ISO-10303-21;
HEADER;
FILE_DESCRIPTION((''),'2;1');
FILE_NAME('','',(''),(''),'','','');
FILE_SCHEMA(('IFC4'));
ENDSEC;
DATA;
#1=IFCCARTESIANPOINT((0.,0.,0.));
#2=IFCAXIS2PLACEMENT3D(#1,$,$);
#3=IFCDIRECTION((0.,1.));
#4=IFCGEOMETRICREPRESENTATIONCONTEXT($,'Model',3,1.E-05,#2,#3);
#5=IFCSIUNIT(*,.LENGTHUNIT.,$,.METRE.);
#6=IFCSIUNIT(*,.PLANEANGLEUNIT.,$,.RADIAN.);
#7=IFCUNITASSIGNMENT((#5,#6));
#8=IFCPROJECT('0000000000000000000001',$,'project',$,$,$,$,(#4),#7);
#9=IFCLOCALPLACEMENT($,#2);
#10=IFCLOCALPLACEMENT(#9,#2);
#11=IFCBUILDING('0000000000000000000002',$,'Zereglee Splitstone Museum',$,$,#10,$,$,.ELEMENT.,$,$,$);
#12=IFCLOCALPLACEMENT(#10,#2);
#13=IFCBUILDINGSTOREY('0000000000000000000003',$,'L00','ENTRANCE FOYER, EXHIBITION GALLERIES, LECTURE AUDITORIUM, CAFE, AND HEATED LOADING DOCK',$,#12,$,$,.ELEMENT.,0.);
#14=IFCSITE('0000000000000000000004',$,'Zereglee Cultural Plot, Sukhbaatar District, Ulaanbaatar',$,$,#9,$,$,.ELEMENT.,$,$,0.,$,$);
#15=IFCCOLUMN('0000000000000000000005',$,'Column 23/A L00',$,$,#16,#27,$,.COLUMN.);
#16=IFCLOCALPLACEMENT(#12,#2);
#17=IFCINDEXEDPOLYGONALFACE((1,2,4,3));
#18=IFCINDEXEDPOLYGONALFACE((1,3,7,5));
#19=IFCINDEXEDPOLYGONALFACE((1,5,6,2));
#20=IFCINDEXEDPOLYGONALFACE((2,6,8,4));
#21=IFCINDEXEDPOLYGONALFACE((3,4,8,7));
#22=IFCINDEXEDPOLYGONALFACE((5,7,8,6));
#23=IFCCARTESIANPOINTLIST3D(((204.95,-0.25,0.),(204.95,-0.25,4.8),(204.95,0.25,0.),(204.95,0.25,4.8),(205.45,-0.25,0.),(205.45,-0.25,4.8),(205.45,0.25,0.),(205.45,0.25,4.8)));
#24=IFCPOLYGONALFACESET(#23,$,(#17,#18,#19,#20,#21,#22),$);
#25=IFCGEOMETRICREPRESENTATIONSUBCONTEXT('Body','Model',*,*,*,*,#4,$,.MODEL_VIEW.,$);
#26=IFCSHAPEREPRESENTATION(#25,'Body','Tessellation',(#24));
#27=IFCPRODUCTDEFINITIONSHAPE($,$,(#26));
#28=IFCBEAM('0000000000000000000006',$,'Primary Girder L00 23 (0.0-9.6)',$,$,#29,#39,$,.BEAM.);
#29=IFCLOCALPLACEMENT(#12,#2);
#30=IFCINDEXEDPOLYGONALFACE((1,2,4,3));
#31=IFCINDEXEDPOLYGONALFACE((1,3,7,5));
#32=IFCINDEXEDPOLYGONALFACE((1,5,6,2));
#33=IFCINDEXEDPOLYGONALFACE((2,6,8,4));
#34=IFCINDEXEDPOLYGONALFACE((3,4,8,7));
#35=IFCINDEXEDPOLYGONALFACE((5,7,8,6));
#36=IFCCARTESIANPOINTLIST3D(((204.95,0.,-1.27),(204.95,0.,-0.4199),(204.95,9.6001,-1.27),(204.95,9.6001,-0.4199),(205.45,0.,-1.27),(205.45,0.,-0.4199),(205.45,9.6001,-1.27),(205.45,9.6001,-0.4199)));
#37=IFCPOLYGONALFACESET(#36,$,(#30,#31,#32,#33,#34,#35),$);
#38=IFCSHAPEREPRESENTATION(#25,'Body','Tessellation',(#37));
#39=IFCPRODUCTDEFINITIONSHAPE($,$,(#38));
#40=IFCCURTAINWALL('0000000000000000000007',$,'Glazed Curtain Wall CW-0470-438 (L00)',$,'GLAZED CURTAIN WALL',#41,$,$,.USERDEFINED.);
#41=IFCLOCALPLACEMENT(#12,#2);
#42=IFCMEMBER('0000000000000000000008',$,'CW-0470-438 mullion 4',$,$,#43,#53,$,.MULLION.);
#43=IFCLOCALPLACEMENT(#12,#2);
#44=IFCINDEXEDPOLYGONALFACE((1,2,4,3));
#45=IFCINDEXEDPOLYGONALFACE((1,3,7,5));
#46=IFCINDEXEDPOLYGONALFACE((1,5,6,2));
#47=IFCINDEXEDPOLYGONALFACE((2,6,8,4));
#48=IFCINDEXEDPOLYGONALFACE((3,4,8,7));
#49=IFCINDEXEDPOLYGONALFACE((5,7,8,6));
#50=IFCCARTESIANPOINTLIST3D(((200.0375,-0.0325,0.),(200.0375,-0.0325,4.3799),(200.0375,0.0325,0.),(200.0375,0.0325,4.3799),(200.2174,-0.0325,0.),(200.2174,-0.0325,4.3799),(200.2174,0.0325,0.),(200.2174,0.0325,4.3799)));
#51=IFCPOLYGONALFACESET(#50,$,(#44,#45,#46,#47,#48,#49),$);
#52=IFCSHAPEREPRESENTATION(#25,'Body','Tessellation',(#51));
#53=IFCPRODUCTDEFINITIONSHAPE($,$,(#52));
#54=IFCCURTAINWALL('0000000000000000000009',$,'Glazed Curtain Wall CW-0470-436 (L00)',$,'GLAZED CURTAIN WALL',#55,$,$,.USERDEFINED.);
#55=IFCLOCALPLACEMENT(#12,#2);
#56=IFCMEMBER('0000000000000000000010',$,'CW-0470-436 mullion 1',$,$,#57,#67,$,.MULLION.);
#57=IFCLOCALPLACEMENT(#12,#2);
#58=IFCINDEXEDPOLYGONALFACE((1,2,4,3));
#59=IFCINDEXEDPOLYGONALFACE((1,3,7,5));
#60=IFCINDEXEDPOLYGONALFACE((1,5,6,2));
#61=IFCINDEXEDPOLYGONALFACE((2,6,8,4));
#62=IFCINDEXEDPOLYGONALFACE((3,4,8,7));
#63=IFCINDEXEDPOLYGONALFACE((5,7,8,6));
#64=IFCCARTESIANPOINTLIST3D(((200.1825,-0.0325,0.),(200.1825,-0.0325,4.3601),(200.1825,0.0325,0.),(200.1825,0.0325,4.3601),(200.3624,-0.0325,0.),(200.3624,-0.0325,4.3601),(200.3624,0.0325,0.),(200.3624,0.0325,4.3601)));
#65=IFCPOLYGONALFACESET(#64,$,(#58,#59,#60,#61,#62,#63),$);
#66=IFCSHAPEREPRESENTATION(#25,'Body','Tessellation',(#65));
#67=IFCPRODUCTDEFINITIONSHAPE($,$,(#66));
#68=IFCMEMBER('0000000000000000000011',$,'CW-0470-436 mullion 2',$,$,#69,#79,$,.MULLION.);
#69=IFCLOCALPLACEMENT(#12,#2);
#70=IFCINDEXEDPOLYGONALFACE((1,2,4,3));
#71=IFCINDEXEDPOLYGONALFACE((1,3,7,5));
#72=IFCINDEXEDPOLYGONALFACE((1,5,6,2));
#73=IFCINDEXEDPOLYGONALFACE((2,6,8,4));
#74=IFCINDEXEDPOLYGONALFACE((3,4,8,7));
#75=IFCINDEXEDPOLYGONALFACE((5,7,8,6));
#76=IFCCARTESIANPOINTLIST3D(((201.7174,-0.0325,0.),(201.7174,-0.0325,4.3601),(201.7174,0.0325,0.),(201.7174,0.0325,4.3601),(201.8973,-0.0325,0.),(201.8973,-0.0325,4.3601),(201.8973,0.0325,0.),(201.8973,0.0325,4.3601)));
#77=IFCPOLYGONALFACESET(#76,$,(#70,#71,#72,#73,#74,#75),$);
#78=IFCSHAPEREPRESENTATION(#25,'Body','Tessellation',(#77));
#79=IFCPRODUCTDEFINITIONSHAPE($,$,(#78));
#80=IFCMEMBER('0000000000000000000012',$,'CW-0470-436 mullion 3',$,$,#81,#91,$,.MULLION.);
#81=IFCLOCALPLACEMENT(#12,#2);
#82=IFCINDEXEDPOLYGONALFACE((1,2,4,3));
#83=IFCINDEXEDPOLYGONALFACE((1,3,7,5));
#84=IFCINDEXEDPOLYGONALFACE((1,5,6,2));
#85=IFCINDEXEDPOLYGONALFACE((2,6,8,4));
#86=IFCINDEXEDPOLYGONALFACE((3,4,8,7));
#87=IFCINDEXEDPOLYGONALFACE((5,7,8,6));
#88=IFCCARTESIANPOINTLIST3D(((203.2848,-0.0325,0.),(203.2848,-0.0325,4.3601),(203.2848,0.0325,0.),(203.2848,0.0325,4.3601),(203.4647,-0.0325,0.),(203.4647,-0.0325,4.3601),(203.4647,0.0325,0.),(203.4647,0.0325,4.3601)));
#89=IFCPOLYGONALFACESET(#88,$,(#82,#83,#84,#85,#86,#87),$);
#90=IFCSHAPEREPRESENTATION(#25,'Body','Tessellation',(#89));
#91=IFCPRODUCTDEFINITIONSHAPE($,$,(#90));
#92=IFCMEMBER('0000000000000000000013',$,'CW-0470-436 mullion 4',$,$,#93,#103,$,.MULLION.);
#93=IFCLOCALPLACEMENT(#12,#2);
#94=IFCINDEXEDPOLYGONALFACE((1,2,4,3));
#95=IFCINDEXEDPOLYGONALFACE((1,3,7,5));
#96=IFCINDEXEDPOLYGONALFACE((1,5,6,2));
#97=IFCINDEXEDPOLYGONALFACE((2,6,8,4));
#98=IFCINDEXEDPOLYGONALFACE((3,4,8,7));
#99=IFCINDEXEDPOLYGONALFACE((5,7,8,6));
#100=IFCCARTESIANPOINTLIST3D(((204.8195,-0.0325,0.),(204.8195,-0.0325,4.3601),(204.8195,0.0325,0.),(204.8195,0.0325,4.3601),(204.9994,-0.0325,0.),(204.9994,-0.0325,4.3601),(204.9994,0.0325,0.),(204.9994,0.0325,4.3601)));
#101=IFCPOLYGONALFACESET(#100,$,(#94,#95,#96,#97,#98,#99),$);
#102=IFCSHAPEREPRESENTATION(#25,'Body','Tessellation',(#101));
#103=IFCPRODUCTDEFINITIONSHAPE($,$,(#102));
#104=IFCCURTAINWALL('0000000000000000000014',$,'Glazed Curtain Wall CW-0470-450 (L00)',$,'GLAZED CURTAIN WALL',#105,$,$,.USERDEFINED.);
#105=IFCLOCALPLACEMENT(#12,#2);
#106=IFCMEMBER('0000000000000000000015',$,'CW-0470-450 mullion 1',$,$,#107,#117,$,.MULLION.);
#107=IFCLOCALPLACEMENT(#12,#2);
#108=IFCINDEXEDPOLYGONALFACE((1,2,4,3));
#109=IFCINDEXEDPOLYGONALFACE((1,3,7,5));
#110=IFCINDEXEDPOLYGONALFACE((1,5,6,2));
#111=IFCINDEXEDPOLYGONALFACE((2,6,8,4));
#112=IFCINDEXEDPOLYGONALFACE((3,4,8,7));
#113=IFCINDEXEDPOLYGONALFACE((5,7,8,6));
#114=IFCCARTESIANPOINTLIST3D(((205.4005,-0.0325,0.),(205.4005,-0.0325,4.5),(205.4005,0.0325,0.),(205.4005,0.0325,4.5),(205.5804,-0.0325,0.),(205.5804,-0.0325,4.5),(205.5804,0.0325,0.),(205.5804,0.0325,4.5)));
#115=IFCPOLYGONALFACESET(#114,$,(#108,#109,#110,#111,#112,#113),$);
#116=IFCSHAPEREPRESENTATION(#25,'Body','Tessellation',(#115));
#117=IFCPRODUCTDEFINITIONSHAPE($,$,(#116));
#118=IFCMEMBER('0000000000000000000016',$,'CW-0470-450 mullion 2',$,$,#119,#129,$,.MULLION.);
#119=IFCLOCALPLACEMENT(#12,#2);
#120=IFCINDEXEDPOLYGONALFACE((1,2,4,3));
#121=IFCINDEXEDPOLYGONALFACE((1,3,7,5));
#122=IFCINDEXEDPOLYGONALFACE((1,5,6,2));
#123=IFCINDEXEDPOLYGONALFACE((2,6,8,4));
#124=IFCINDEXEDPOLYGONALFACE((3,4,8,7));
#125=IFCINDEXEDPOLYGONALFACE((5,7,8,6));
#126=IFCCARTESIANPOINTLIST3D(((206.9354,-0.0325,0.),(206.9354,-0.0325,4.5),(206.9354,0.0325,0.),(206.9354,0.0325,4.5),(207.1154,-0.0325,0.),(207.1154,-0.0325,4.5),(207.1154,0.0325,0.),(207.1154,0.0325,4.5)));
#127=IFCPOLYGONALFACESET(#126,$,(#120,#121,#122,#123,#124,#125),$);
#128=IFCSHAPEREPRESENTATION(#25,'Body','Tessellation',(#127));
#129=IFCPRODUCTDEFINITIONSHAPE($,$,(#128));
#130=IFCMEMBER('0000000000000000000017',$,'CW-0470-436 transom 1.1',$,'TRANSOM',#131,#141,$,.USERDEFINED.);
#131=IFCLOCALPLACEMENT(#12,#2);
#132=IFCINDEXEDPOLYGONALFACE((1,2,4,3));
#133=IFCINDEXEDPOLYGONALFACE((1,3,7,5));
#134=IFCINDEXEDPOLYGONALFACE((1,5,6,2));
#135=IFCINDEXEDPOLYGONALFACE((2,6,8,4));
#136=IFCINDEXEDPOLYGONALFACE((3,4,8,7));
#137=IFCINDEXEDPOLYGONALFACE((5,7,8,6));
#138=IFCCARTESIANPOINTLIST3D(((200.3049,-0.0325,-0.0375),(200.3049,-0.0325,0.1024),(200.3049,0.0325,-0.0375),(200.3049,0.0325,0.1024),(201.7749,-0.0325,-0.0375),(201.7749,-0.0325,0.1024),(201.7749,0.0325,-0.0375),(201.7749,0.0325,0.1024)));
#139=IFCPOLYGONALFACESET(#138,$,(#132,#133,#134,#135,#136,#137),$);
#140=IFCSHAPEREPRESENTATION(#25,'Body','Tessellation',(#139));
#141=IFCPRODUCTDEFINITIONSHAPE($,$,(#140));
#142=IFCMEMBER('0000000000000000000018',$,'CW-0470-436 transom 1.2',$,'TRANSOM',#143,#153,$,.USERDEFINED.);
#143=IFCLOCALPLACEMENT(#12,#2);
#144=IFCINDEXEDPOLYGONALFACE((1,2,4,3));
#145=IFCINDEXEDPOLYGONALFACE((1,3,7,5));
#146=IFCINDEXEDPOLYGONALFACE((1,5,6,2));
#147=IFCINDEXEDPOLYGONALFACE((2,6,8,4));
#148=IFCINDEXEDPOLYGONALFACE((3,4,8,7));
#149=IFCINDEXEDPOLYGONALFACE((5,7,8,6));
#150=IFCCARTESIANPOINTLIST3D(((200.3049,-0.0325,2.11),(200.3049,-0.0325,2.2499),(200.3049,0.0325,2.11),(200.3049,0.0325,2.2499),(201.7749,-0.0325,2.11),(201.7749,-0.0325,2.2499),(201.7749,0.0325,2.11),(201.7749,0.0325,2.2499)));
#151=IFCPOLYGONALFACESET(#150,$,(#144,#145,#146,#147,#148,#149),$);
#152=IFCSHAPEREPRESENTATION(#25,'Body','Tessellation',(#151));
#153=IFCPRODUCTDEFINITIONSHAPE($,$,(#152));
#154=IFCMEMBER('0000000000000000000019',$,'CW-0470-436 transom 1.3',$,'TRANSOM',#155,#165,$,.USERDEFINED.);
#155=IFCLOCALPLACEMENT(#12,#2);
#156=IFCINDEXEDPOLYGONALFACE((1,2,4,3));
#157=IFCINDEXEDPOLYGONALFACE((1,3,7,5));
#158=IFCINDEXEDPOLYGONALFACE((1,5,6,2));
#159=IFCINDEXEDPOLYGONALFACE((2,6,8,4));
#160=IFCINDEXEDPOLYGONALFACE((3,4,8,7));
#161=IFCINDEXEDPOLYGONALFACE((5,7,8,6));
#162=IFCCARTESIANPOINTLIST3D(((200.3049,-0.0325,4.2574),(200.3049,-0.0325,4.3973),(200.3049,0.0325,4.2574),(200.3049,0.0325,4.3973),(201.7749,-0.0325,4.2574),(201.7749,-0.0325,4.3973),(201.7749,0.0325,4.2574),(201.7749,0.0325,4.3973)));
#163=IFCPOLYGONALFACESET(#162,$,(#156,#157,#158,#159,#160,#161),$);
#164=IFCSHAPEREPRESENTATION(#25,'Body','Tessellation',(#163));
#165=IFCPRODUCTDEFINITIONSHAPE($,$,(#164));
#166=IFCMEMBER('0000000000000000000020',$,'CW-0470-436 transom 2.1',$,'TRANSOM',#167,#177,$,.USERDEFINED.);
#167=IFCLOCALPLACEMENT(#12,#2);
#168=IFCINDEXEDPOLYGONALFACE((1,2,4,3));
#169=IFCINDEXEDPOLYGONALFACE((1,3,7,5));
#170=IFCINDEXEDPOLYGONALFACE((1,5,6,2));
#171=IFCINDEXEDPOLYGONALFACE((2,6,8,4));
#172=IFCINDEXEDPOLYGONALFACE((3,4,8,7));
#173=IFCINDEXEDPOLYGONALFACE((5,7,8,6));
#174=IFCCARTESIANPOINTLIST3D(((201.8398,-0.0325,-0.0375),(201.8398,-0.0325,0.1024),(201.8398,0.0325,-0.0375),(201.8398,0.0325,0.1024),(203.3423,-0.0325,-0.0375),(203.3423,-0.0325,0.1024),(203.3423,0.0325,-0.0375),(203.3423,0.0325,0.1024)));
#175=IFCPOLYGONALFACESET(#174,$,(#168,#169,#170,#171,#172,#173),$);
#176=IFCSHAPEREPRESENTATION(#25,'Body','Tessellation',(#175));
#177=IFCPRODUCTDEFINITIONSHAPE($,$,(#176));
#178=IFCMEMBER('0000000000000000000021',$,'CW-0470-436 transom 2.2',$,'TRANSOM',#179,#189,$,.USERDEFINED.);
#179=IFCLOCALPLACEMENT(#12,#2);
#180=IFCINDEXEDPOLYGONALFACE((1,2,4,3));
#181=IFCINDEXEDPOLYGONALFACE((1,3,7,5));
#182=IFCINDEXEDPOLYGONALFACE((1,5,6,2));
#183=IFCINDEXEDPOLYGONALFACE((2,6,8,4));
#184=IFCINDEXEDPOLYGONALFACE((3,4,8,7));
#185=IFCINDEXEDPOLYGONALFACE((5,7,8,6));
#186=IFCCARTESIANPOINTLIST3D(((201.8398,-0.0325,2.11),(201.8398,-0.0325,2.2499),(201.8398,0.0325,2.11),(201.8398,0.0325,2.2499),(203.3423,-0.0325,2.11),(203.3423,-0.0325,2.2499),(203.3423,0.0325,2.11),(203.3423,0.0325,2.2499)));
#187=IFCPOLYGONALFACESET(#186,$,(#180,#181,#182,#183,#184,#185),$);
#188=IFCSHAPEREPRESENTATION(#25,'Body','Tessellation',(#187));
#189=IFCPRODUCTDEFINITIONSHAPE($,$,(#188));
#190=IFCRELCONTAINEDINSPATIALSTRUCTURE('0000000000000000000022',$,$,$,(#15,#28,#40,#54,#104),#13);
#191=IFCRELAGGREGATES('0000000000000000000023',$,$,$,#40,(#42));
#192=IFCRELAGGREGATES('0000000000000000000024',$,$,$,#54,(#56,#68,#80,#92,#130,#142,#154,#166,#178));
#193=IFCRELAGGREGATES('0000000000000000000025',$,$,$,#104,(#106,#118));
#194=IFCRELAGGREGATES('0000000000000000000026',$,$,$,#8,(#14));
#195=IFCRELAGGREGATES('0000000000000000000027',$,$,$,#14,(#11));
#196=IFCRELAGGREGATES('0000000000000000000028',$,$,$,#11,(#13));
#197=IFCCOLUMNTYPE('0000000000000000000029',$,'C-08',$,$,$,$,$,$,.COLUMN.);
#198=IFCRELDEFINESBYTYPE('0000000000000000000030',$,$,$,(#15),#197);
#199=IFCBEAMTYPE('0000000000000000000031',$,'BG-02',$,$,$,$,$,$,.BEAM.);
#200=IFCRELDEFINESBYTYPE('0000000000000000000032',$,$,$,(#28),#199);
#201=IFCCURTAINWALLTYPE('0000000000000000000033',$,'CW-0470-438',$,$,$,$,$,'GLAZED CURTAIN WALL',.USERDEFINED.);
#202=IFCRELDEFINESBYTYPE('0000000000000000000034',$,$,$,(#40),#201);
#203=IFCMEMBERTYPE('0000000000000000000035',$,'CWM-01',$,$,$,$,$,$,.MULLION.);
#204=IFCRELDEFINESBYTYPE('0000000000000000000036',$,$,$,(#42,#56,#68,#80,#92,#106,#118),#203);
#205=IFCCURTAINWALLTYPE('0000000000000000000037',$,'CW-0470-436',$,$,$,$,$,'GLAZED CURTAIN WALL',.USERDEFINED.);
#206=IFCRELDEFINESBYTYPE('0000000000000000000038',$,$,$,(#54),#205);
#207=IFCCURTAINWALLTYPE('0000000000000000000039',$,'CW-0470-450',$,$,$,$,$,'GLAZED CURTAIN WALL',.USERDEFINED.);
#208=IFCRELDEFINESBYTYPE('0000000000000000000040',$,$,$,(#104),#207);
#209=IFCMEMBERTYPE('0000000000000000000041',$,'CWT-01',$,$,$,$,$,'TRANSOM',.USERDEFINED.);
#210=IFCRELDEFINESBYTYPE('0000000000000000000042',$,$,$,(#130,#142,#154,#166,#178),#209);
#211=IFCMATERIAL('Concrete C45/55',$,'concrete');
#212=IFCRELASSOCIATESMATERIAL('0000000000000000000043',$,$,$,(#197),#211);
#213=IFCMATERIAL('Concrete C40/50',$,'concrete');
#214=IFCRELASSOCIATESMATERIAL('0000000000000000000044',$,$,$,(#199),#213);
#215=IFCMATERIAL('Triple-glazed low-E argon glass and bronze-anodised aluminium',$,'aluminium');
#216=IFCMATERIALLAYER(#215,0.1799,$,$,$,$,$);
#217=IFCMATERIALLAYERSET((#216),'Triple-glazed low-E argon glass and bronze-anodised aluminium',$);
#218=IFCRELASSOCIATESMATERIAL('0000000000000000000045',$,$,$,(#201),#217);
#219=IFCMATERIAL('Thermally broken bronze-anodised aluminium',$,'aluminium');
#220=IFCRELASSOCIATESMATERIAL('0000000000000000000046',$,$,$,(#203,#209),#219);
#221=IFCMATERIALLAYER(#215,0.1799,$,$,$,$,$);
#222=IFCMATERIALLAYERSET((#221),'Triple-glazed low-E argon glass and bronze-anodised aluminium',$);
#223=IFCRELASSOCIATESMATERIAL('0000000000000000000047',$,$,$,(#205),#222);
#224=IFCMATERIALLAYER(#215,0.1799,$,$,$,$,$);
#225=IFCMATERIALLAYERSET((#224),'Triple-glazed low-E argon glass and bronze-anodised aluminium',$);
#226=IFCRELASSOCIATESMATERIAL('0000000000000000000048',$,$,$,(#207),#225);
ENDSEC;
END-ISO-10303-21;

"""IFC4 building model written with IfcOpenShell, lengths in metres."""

from ifc_helpers import new_model, si_unit, direction, frame, origin, origin_2d, place, context, subcontext, project, spatial, rectangle, extrude, material, layer, layer_set, material_profile, profile_set, type_object, element, aggregate, save


model = new_model("IFC4")

# Units and contexts
model_context = context("Model", 3, precision=1e-05, world=origin(), true_north=direction((0.0, 1.0)))
body_context = subcontext(model_context, "Body", "Model", "MODEL_VIEW")
ifc_project = project(units=[si_unit("LENGTHUNIT", "METRE"), si_unit("PLANEANGLEUNIT", "RADIAN")], contexts=[model_context])

# Site, building, storey
site_placement = place(None, origin())
site = spatial("IfcSite", under=ifc_project, at=site_placement, Name="Zereglee Cultural Plot, Sukhbaatar District, Ulaanbaatar", CompositionType="ELEMENT", RefElevation=0.0)
building_placement = place(site_placement, origin())
building = spatial("IfcBuilding", under=site, at=building_placement, Name="Zereglee Splitstone Museum", CompositionType="ELEMENT")
storey_placement = place(building_placement, origin())
storey = spatial("IfcBuildingStorey", under=building, at=storey_placement, Name="L00", Description="ENTRANCE FOYER, EXHIBITION GALLERIES, LECTURE AUDITORIUM, CAFE, AND HEATED LOADING DOCK", CompositionType="ELEMENT", Elevation=0.0)

# Column
ifc_material_1 = material(Name="Concrete C45/55", Category="concrete")
ifc_material_profile_1 = material_profile(ifc_material_1, rectangle(XDim=0.5, YDim=0.5, at=origin_2d()), Name="RC 500x500")
ifc_profile_set_1 = profile_set([ifc_material_profile_1], Name="Concrete C45/55")
column_type = type_object("IfcColumnType", Name="C-08", PredefinedType="COLUMN", material=ifc_profile_set_1)
column_placement = place(storey_placement, frame((205.2, 0.0, 0.0), z_axis=(0.0, 0.0, 1.0), x_axis=(1.0, 0.0, 0.0)))
element("IfcColumn", 1, at=column_placement, inside=storey, type_object=column_type, Name="Column 23/A L00", PredefinedType="COLUMN", context=body_context, shape_type="SweptSolid", body=[
    extrude(rectangle(XDim=0.5, YDim=0.5, at=origin_2d()), origin(), (0.0, 0.0, 1.0), 4.8),
])

# Beam
ifc_material_2 = material(Name="Concrete C40/50", Category="concrete")
ifc_material_profile_2 = material_profile(ifc_material_2, rectangle(XDim=0.5, YDim=0.8501, at=origin_2d()), Name="RC 500x850")
ifc_profile_set_2 = profile_set([ifc_material_profile_2], Name="Concrete C40/50")
beam_type_1 = type_object("IfcBeamType", Name="BG-02", PredefinedType="BEAM", material=ifc_profile_set_2)
beam_1_placement = place(storey_placement, frame((205.2, 0.0, -0.845), z_axis=(0.0, 1.0, 0.0), x_axis=(-1.0, 0.0, 0.0)))
element("IfcBeam", 2, at=beam_1_placement, inside=storey, type_object=beam_type_1, Name="Primary Girder L00 23 (0.0-9.6)", PredefinedType="BEAM", context=body_context, shape_type="SweptSolid", body=[
    extrude(rectangle(XDim=0.5, YDim=0.8501, at=origin_2d()), origin(), (0.0, 0.0, 1.0), 9.6001),
])

# Curtain wall, member
ifc_material_3 = material(Name="Triple-glazed low-E argon glass and bronze-anodised aluminium", Category="aluminium")
ifc_layer_1 = layer(ifc_material_3, 0.1799)
ifc_layer_set_1 = layer_set([ifc_layer_1], Name="Triple-glazed low-E argon glass and bronze-anodised aluminium")
curtain_wall_type_1 = type_object("IfcCurtainWallType", Name="CW-0470-438", ElementType="GLAZED CURTAIN WALL", PredefinedType="USERDEFINED", material=ifc_layer_set_1)
curtain_wall_1_placement = place(storey_placement, origin())
curtain_wall_1 = element("IfcCurtainWall", 3, at=curtain_wall_1_placement, inside=storey, type_object=curtain_wall_type_1, Name="Glazed Curtain Wall CW-0470-438 (L00)", ObjectType="GLAZED CURTAIN WALL", PredefinedType="USERDEFINED")
ifc_material_4 = material(Name="Thermally broken bronze-anodised aluminium", Category="aluminium")
ifc_material_profile_3 = material_profile(ifc_material_4, rectangle(XDim=0.0649, YDim=0.1799, at=origin_2d()), Name="CW MULL 65x180")
ifc_profile_set_3 = profile_set([ifc_material_profile_3], Name="Thermally broken bronze-anodised aluminium")
member_type_1 = type_object("IfcMemberType", Name="CWM-01", PredefinedType="MULLION", material=ifc_profile_set_3)
member_1_placement = place(storey_placement, frame((200.1274, 0.0, 0.0), z_axis=(0.0, 0.0, 1.0), x_axis=(0.0, 1.0, 0.0)))
member_1 = element("IfcMember", 4, at=member_1_placement, type_object=member_type_1, Name="CW-0470-438 mullion 4", PredefinedType="MULLION", context=body_context, shape_type="SweptSolid", body=[
    extrude(rectangle(XDim=0.0649, YDim=0.1799, at=origin_2d()), origin(), (0.0, 0.0, 1.0), 4.3799),
])

# Curtain walls, members
ifc_layer_2 = layer(ifc_material_3, 0.1799)
ifc_layer_set_2 = layer_set([ifc_layer_2], Name="Triple-glazed low-E argon glass and bronze-anodised aluminium")
curtain_wall_type_2 = type_object("IfcCurtainWallType", Name="CW-0470-436", ElementType="GLAZED CURTAIN WALL", PredefinedType="USERDEFINED", material=ifc_layer_set_2)
curtain_wall_2_placement = place(storey_placement, origin())
curtain_wall_2 = element("IfcCurtainWall", 5, at=curtain_wall_2_placement, inside=storey, type_object=curtain_wall_type_2, Name="Glazed Curtain Wall CW-0470-436 (L00)", ObjectType="GLAZED CURTAIN WALL", PredefinedType="USERDEFINED")
member_2_placement = place(storey_placement, frame((200.2725, 0.0, 0.0), z_axis=(0.0, 0.0, 1.0), x_axis=(0.0, 1.0, 0.0)))
member_2 = element("IfcMember", 6, at=member_2_placement, type_object=member_type_1, Name="CW-0470-436 mullion 1", PredefinedType="MULLION", context=body_context, shape_type="SweptSolid", body=[
    extrude(rectangle(XDim=0.0649, YDim=0.1799, at=origin_2d()), origin(), (0.0, 0.0, 1.0), 4.3601),
])
member_3_placement = place(storey_placement, frame((201.8074, 0.0, 0.0), z_axis=(0.0, 0.0, 1.0), x_axis=(0.0, 1.0, 0.0)))
member_3 = element("IfcMember", 7, at=member_3_placement, type_object=member_type_1, Name="CW-0470-436 mullion 2", PredefinedType="MULLION", context=body_context, shape_type="SweptSolid", body=[
    extrude(rectangle(XDim=0.0649, YDim=0.1799, at=origin_2d()), origin(), (0.0, 0.0, 1.0), 4.3601),
])
member_4_placement = place(storey_placement, frame((203.3748, 0.0, 0.0), z_axis=(0.0, 0.0, 1.0), x_axis=(0.0, 1.0, 0.0)))
member_4 = element("IfcMember", 8, at=member_4_placement, type_object=member_type_1, Name="CW-0470-436 mullion 3", PredefinedType="MULLION", context=body_context, shape_type="SweptSolid", body=[
    extrude(rectangle(XDim=0.0649, YDim=0.1799, at=origin_2d()), origin(), (0.0, 0.0, 1.0), 4.3601),
])
member_5_placement = place(storey_placement, frame((204.9094, 0.0, 0.0), z_axis=(0.0, 0.0, 1.0), x_axis=(0.0, 1.0, 0.0)))
member_5 = element("IfcMember", 9, at=member_5_placement, type_object=member_type_1, Name="CW-0470-436 mullion 4", PredefinedType="MULLION", context=body_context, shape_type="SweptSolid", body=[
    extrude(rectangle(XDim=0.0649, YDim=0.1799, at=origin_2d()), origin(), (0.0, 0.0, 1.0), 4.3601),
])
ifc_layer_3 = layer(ifc_material_3, 0.1799)
ifc_layer_set_3 = layer_set([ifc_layer_3], Name="Triple-glazed low-E argon glass and bronze-anodised aluminium")
curtain_wall_type_3 = type_object("IfcCurtainWallType", Name="CW-0470-450", ElementType="GLAZED CURTAIN WALL", PredefinedType="USERDEFINED", material=ifc_layer_set_3)
curtain_wall_3_placement = place(storey_placement, origin())
curtain_wall_3 = element("IfcCurtainWall", 10, at=curtain_wall_3_placement, inside=storey, type_object=curtain_wall_type_3, Name="Glazed Curtain Wall CW-0470-450 (L00)", ObjectType="GLAZED CURTAIN WALL", PredefinedType="USERDEFINED")
member_6_placement = place(storey_placement, frame((205.4905, 0.0, 0.0), z_axis=(0.0, 0.0, 1.0), x_axis=(0.0, 1.0, 0.0)))
member_6 = element("IfcMember", 11, at=member_6_placement, type_object=member_type_1, Name="CW-0470-450 mullion 1", PredefinedType="MULLION", context=body_context, shape_type="SweptSolid", body=[
    extrude(rectangle(XDim=0.0649, YDim=0.1799, at=origin_2d()), origin(), (0.0, 0.0, 1.0), 4.5),
])
member_7_placement = place(storey_placement, frame((207.0254, 0.0, 0.0), z_axis=(0.0, 0.0, 1.0), x_axis=(0.0, 1.0, 0.0)))
member_7 = element("IfcMember", 12, at=member_7_placement, type_object=member_type_1, Name="CW-0470-450 mullion 2", PredefinedType="MULLION", context=body_context, shape_type="SweptSolid", body=[
    extrude(rectangle(XDim=0.0649, YDim=0.1799, at=origin_2d()), origin(), (0.0, 0.0, 1.0), 4.5),
])

# Members
ifc_material_profile_4 = material_profile(ifc_material_4, rectangle(XDim=0.0649, YDim=0.1399, at=origin_2d()), Name="CW TRAN 65x140")
ifc_profile_set_4 = profile_set([ifc_material_profile_4], Name="Thermally broken bronze-anodised aluminium")
member_type_2 = type_object("IfcMemberType", Name="CWT-01", ElementType="TRANSOM", PredefinedType="USERDEFINED", material=ifc_profile_set_4)
member_8_placement = place(storey_placement, frame((200.3049, 0.0, 0.0325), z_axis=(1.0, 0.0, 0.0), x_axis=(0.0, 1.0, 0.0)))
member_8 = element("IfcMember", 13, at=member_8_placement, type_object=member_type_2, Name="CW-0470-436 transom 1.1", ObjectType="TRANSOM", PredefinedType="USERDEFINED", context=body_context, shape_type="SweptSolid", body=[
    extrude(rectangle(XDim=0.0649, YDim=0.1399, at=origin_2d()), origin(), (0.0, 0.0, 1.0), 1.47),
])
member_9_placement = place(storey_placement, frame((200.3049, 0.0, 2.1799), z_axis=(1.0, 0.0, 0.0), x_axis=(0.0, 1.0, 0.0)))
member_9 = element("IfcMember", 14, at=member_9_placement, type_object=member_type_2, Name="CW-0470-436 transom 1.2", ObjectType="TRANSOM", PredefinedType="USERDEFINED", context=body_context, shape_type="SweptSolid", body=[
    extrude(rectangle(XDim=0.0649, YDim=0.1399, at=origin_2d()), origin(), (0.0, 0.0, 1.0), 1.47),
])
member_10_placement = place(storey_placement, frame((200.3049, 0.0, 4.3274), z_axis=(1.0, 0.0, 0.0), x_axis=(0.0, 1.0, 0.0)))
member_10 = element("IfcMember", 15, at=member_10_placement, type_object=member_type_2, Name="CW-0470-436 transom 1.3", ObjectType="TRANSOM", PredefinedType="USERDEFINED", context=body_context, shape_type="SweptSolid", body=[
    extrude(rectangle(XDim=0.0649, YDim=0.1399, at=origin_2d()), origin(), (0.0, 0.0, 1.0), 1.47),
])
member_11_placement = place(storey_placement, frame((201.8398, 0.0, 0.0325), z_axis=(1.0, 0.0, 0.0), x_axis=(0.0, 1.0, 0.0)))
member_11 = element("IfcMember", 16, at=member_11_placement, type_object=member_type_2, Name="CW-0470-436 transom 2.1", ObjectType="TRANSOM", PredefinedType="USERDEFINED", context=body_context, shape_type="SweptSolid", body=[
    extrude(rectangle(XDim=0.0649, YDim=0.1399, at=origin_2d()), origin(), (0.0, 0.0, 1.0), 1.5024),
])
member_12_placement = place(storey_placement, frame((201.8398, 0.0, 2.1799), z_axis=(1.0, 0.0, 0.0), x_axis=(0.0, 1.0, 0.0)))
member_12 = element("IfcMember", 17, at=member_12_placement, type_object=member_type_2, Name="CW-0470-436 transom 2.2", ObjectType="TRANSOM", PredefinedType="USERDEFINED", context=body_context, shape_type="SweptSolid", body=[
    extrude(rectangle(XDim=0.0649, YDim=0.1399, at=origin_2d()), origin(), (0.0, 0.0, 1.0), 1.5024),
])

aggregate(curtain_wall_1, [member_1])
aggregate(curtain_wall_2, [member_2, member_3, member_4, member_5, member_8, member_9, member_10, member_11, member_12])
aggregate(curtain_wall_3, [member_6, member_7])

save(model, "model.ifc")
